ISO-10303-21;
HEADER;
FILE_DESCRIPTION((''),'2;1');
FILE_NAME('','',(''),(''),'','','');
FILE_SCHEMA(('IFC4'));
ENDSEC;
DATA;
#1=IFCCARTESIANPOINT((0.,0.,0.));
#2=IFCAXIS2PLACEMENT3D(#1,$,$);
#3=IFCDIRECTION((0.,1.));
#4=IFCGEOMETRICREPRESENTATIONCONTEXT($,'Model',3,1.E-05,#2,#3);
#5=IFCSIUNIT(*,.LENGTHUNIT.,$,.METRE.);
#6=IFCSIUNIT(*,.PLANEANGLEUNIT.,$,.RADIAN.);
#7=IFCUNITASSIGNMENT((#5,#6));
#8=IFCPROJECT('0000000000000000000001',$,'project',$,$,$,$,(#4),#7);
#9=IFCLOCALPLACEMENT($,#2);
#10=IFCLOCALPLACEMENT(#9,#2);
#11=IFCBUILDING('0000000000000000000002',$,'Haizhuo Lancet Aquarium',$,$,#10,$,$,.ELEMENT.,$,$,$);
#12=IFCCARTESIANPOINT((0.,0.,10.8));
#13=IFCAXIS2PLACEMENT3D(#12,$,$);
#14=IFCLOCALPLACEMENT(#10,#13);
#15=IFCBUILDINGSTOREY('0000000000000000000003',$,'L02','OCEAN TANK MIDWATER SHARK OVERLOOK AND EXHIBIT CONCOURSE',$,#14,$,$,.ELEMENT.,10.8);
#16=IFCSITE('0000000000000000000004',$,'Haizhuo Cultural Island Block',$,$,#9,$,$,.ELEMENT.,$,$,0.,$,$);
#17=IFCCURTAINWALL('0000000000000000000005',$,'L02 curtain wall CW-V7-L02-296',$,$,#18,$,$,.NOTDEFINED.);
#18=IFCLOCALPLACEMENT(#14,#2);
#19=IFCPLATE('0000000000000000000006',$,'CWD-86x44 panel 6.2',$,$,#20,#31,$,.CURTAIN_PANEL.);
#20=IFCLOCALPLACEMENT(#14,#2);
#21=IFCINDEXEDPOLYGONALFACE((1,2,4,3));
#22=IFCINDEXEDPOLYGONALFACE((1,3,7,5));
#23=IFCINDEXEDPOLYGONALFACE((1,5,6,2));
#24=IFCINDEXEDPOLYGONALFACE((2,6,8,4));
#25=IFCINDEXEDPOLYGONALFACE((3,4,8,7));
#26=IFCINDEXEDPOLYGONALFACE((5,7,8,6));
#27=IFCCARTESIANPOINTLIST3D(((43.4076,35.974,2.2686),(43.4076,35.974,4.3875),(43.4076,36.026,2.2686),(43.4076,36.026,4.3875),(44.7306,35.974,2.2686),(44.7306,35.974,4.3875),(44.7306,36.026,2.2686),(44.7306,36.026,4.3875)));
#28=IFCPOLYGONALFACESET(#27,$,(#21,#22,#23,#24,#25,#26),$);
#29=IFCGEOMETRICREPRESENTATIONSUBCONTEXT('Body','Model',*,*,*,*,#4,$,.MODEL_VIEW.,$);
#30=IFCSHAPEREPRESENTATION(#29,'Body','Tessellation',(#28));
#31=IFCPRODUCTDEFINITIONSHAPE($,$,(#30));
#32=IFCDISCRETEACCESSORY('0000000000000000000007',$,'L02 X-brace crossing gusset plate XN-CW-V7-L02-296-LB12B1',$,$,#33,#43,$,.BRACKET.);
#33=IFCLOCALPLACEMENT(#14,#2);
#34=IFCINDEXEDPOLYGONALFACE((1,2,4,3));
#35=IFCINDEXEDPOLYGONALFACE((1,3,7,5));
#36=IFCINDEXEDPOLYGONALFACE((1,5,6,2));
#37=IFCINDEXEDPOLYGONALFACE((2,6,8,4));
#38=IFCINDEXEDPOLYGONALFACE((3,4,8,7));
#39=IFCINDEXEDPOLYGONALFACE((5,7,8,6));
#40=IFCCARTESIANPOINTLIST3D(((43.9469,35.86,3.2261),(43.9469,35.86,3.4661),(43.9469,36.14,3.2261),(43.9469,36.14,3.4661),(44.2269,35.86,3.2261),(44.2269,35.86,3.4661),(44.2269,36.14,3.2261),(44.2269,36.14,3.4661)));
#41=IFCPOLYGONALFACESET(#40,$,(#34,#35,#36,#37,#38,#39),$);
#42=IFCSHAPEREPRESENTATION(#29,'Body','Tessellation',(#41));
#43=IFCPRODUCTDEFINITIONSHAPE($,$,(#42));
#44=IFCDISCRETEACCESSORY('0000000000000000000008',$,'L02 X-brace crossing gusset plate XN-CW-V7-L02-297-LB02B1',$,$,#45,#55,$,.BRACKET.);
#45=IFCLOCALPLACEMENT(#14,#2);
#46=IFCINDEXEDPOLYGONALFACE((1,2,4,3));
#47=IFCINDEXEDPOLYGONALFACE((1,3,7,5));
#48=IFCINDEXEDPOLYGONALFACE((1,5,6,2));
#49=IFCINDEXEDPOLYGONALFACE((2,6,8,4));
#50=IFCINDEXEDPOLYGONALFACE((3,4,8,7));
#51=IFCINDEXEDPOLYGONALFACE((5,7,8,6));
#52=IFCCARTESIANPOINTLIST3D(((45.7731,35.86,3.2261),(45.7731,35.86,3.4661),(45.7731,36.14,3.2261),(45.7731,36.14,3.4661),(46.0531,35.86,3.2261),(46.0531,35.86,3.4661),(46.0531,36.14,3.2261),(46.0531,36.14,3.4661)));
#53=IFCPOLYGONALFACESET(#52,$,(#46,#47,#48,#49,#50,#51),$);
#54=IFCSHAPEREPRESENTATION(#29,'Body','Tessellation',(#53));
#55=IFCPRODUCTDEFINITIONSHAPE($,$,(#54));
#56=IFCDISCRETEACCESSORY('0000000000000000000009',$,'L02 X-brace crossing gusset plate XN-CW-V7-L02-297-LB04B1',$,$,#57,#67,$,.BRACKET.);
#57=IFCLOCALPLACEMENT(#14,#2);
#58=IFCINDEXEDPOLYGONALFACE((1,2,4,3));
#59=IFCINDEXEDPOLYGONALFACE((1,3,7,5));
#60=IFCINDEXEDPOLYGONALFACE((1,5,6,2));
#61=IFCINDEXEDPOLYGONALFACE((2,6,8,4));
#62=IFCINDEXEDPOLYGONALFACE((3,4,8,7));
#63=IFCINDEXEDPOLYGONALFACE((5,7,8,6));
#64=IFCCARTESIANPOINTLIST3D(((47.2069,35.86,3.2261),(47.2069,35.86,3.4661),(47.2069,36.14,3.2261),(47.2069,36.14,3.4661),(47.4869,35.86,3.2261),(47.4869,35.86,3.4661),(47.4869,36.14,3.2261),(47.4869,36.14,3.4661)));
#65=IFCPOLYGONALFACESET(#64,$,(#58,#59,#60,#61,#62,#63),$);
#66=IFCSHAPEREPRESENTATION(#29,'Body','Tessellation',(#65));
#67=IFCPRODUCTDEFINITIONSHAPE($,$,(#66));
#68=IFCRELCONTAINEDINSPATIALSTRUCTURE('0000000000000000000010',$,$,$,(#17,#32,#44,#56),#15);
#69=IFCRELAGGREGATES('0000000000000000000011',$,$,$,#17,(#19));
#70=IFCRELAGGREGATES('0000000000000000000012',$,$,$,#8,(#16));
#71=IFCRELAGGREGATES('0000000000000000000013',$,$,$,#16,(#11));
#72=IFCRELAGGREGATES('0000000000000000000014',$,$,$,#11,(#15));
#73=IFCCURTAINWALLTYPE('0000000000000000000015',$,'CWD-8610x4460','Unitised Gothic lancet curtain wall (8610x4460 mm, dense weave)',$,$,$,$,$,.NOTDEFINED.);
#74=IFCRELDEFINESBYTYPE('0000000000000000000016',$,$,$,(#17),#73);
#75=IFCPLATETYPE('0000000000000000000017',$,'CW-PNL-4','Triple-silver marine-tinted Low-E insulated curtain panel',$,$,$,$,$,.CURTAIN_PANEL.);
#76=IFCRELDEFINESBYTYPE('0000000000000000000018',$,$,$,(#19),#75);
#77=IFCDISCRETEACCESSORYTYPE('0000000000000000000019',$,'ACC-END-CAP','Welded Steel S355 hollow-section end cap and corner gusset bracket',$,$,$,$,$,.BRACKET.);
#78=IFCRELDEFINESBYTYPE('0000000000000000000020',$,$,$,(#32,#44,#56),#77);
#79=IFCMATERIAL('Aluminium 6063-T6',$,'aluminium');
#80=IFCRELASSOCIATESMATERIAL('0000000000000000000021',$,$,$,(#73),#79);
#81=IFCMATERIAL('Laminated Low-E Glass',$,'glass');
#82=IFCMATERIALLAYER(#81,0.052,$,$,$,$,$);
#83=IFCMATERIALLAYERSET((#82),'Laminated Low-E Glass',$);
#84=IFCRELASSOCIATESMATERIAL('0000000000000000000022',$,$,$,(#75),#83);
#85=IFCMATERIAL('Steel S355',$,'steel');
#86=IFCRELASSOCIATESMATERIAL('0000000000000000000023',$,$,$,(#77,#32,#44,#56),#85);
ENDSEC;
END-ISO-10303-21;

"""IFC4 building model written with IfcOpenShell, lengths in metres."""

from ifc_helpers import new_model, si_unit, direction, frame, origin, origin_2d, place, context, subcontext, project, spatial, rectangle, extrude, material, layer, layer_set, type_object, element, aggregate, save


model = new_model("IFC4")

# Units and contexts
model_context = context("Model", 3, precision=1e-05, world=origin(), true_north=direction((0.0, 1.0)))
body_context = subcontext(model_context, "Body", "Model", "MODEL_VIEW")
ifc_project = project(units=[si_unit("LENGTHUNIT", "METRE"), si_unit("PLANEANGLEUNIT", "RADIAN")], contexts=[model_context])

# Site, building, storey
site_placement = place(None, origin())
site = spatial("IfcSite", under=ifc_project, at=site_placement, Name="Haizhuo Cultural Island Block", CompositionType="ELEMENT", RefElevation=0.0)
building_placement = place(site_placement, origin())
building = spatial("IfcBuilding", under=site, at=building_placement, Name="Haizhuo Lancet Aquarium", CompositionType="ELEMENT")
storey_placement = place(building_placement, frame((0.0, 0.0, 10.8)))
storey = spatial("IfcBuildingStorey", under=building, at=storey_placement, Name="L02", Description="OCEAN TANK MIDWATER SHARK OVERLOOK AND EXHIBIT CONCOURSE", CompositionType="ELEMENT", Elevation=10.8)

# Shared definitions
ifc_material_1 = material(Name="Steel S355", Category="steel")

# Curtain wall
ifc_material_2 = material(Name="Aluminium 6063-T6", Category="aluminium")
curtain_wall_type = type_object("IfcCurtainWallType", Name="CWD-8610x4460", Description="Unitised Gothic lancet curtain wall (8610x4460 mm, dense weave)", PredefinedType="NOTDEFINED", material=ifc_material_2)
curtain_wall_1_placement = place(storey_placement, origin())
curtain_wall_1 = element("IfcCurtainWall", 1, at=curtain_wall_1_placement, inside=storey, type_object=curtain_wall_type, Name="L02 curtain wall CW-V7-L02-296", PredefinedType="NOTDEFINED")

# Plate
ifc_material_3 = material(Name="Laminated Low-E Glass", Category="glass")
ifc_layer_1 = layer(ifc_material_3, 0.052)
ifc_layer_set_1 = layer_set([ifc_layer_1], Name="Laminated Low-E Glass")
plate_type_1 = type_object("IfcPlateType", Name="CW-PNL-4", Description="Triple-silver marine-tinted Low-E insulated curtain panel", PredefinedType="CURTAIN_PANEL", material=ifc_layer_set_1)
plate_1_placement = place(storey_placement, frame((44.0691, 36.0, 2.2686), z_axis=(0.0, 0.0, 1.0), x_axis=(1.0, 0.0, 0.0)))
plate_1 = element("IfcPlate", 2, at=plate_1_placement, type_object=plate_type_1, Name="CWD-86x44 panel 6.2", PredefinedType="CURTAIN_PANEL", context=body_context, shape_type="SweptSolid", body=[
    extrude(rectangle(XDim=1.323, YDim=0.052, at=origin_2d()), origin(), (0.0, 0.0, 1.0), 2.1189),
])
aggregate(curtain_wall_1, [plate_1])

# Discrete accessories
discrete_accessory_type = type_object("IfcDiscreteAccessoryType", Name="ACC-END-CAP", Description="Welded Steel S355 hollow-section end cap and corner gusset bracket", PredefinedType="BRACKET", material=ifc_material_1)
for number, where, z_axis, x_axis, name in (
    (3, (44.0869, 36.0, 3.2261), (0.0, 0.0, 1.0), (1.0, 0.0, 0.0), "L02 X-brace crossing gusset plate XN-CW-V7-L02-296-LB12B1"),
    (4, (45.9131, 36.0, 3.2261), (0.0, 0.0, 1.0), (1.0, 0.0, 0.0), "L02 X-brace crossing gusset plate XN-CW-V7-L02-297-LB02B1"),
    (5, (47.3469, 36.0, 3.2261), (0.0, 0.0, 1.0), (1.0, 0.0, 0.0), "L02 X-brace crossing gusset plate XN-CW-V7-L02-297-LB04B1"),
):
    element("IfcDiscreteAccessory", number, at=place(storey_placement, frame(where, z_axis=z_axis, x_axis=x_axis)), inside=storey, type_object=discrete_accessory_type, material=ifc_material_1, Name=name, PredefinedType="BRACKET", context=body_context, shape_type="SweptSolid", body=[
        extrude(rectangle(XDim=0.28, YDim=0.28, at=origin_2d()), origin(), (0.0, 0.0, 1.0), 0.24),
    ])

save(model, "model.ifc")
